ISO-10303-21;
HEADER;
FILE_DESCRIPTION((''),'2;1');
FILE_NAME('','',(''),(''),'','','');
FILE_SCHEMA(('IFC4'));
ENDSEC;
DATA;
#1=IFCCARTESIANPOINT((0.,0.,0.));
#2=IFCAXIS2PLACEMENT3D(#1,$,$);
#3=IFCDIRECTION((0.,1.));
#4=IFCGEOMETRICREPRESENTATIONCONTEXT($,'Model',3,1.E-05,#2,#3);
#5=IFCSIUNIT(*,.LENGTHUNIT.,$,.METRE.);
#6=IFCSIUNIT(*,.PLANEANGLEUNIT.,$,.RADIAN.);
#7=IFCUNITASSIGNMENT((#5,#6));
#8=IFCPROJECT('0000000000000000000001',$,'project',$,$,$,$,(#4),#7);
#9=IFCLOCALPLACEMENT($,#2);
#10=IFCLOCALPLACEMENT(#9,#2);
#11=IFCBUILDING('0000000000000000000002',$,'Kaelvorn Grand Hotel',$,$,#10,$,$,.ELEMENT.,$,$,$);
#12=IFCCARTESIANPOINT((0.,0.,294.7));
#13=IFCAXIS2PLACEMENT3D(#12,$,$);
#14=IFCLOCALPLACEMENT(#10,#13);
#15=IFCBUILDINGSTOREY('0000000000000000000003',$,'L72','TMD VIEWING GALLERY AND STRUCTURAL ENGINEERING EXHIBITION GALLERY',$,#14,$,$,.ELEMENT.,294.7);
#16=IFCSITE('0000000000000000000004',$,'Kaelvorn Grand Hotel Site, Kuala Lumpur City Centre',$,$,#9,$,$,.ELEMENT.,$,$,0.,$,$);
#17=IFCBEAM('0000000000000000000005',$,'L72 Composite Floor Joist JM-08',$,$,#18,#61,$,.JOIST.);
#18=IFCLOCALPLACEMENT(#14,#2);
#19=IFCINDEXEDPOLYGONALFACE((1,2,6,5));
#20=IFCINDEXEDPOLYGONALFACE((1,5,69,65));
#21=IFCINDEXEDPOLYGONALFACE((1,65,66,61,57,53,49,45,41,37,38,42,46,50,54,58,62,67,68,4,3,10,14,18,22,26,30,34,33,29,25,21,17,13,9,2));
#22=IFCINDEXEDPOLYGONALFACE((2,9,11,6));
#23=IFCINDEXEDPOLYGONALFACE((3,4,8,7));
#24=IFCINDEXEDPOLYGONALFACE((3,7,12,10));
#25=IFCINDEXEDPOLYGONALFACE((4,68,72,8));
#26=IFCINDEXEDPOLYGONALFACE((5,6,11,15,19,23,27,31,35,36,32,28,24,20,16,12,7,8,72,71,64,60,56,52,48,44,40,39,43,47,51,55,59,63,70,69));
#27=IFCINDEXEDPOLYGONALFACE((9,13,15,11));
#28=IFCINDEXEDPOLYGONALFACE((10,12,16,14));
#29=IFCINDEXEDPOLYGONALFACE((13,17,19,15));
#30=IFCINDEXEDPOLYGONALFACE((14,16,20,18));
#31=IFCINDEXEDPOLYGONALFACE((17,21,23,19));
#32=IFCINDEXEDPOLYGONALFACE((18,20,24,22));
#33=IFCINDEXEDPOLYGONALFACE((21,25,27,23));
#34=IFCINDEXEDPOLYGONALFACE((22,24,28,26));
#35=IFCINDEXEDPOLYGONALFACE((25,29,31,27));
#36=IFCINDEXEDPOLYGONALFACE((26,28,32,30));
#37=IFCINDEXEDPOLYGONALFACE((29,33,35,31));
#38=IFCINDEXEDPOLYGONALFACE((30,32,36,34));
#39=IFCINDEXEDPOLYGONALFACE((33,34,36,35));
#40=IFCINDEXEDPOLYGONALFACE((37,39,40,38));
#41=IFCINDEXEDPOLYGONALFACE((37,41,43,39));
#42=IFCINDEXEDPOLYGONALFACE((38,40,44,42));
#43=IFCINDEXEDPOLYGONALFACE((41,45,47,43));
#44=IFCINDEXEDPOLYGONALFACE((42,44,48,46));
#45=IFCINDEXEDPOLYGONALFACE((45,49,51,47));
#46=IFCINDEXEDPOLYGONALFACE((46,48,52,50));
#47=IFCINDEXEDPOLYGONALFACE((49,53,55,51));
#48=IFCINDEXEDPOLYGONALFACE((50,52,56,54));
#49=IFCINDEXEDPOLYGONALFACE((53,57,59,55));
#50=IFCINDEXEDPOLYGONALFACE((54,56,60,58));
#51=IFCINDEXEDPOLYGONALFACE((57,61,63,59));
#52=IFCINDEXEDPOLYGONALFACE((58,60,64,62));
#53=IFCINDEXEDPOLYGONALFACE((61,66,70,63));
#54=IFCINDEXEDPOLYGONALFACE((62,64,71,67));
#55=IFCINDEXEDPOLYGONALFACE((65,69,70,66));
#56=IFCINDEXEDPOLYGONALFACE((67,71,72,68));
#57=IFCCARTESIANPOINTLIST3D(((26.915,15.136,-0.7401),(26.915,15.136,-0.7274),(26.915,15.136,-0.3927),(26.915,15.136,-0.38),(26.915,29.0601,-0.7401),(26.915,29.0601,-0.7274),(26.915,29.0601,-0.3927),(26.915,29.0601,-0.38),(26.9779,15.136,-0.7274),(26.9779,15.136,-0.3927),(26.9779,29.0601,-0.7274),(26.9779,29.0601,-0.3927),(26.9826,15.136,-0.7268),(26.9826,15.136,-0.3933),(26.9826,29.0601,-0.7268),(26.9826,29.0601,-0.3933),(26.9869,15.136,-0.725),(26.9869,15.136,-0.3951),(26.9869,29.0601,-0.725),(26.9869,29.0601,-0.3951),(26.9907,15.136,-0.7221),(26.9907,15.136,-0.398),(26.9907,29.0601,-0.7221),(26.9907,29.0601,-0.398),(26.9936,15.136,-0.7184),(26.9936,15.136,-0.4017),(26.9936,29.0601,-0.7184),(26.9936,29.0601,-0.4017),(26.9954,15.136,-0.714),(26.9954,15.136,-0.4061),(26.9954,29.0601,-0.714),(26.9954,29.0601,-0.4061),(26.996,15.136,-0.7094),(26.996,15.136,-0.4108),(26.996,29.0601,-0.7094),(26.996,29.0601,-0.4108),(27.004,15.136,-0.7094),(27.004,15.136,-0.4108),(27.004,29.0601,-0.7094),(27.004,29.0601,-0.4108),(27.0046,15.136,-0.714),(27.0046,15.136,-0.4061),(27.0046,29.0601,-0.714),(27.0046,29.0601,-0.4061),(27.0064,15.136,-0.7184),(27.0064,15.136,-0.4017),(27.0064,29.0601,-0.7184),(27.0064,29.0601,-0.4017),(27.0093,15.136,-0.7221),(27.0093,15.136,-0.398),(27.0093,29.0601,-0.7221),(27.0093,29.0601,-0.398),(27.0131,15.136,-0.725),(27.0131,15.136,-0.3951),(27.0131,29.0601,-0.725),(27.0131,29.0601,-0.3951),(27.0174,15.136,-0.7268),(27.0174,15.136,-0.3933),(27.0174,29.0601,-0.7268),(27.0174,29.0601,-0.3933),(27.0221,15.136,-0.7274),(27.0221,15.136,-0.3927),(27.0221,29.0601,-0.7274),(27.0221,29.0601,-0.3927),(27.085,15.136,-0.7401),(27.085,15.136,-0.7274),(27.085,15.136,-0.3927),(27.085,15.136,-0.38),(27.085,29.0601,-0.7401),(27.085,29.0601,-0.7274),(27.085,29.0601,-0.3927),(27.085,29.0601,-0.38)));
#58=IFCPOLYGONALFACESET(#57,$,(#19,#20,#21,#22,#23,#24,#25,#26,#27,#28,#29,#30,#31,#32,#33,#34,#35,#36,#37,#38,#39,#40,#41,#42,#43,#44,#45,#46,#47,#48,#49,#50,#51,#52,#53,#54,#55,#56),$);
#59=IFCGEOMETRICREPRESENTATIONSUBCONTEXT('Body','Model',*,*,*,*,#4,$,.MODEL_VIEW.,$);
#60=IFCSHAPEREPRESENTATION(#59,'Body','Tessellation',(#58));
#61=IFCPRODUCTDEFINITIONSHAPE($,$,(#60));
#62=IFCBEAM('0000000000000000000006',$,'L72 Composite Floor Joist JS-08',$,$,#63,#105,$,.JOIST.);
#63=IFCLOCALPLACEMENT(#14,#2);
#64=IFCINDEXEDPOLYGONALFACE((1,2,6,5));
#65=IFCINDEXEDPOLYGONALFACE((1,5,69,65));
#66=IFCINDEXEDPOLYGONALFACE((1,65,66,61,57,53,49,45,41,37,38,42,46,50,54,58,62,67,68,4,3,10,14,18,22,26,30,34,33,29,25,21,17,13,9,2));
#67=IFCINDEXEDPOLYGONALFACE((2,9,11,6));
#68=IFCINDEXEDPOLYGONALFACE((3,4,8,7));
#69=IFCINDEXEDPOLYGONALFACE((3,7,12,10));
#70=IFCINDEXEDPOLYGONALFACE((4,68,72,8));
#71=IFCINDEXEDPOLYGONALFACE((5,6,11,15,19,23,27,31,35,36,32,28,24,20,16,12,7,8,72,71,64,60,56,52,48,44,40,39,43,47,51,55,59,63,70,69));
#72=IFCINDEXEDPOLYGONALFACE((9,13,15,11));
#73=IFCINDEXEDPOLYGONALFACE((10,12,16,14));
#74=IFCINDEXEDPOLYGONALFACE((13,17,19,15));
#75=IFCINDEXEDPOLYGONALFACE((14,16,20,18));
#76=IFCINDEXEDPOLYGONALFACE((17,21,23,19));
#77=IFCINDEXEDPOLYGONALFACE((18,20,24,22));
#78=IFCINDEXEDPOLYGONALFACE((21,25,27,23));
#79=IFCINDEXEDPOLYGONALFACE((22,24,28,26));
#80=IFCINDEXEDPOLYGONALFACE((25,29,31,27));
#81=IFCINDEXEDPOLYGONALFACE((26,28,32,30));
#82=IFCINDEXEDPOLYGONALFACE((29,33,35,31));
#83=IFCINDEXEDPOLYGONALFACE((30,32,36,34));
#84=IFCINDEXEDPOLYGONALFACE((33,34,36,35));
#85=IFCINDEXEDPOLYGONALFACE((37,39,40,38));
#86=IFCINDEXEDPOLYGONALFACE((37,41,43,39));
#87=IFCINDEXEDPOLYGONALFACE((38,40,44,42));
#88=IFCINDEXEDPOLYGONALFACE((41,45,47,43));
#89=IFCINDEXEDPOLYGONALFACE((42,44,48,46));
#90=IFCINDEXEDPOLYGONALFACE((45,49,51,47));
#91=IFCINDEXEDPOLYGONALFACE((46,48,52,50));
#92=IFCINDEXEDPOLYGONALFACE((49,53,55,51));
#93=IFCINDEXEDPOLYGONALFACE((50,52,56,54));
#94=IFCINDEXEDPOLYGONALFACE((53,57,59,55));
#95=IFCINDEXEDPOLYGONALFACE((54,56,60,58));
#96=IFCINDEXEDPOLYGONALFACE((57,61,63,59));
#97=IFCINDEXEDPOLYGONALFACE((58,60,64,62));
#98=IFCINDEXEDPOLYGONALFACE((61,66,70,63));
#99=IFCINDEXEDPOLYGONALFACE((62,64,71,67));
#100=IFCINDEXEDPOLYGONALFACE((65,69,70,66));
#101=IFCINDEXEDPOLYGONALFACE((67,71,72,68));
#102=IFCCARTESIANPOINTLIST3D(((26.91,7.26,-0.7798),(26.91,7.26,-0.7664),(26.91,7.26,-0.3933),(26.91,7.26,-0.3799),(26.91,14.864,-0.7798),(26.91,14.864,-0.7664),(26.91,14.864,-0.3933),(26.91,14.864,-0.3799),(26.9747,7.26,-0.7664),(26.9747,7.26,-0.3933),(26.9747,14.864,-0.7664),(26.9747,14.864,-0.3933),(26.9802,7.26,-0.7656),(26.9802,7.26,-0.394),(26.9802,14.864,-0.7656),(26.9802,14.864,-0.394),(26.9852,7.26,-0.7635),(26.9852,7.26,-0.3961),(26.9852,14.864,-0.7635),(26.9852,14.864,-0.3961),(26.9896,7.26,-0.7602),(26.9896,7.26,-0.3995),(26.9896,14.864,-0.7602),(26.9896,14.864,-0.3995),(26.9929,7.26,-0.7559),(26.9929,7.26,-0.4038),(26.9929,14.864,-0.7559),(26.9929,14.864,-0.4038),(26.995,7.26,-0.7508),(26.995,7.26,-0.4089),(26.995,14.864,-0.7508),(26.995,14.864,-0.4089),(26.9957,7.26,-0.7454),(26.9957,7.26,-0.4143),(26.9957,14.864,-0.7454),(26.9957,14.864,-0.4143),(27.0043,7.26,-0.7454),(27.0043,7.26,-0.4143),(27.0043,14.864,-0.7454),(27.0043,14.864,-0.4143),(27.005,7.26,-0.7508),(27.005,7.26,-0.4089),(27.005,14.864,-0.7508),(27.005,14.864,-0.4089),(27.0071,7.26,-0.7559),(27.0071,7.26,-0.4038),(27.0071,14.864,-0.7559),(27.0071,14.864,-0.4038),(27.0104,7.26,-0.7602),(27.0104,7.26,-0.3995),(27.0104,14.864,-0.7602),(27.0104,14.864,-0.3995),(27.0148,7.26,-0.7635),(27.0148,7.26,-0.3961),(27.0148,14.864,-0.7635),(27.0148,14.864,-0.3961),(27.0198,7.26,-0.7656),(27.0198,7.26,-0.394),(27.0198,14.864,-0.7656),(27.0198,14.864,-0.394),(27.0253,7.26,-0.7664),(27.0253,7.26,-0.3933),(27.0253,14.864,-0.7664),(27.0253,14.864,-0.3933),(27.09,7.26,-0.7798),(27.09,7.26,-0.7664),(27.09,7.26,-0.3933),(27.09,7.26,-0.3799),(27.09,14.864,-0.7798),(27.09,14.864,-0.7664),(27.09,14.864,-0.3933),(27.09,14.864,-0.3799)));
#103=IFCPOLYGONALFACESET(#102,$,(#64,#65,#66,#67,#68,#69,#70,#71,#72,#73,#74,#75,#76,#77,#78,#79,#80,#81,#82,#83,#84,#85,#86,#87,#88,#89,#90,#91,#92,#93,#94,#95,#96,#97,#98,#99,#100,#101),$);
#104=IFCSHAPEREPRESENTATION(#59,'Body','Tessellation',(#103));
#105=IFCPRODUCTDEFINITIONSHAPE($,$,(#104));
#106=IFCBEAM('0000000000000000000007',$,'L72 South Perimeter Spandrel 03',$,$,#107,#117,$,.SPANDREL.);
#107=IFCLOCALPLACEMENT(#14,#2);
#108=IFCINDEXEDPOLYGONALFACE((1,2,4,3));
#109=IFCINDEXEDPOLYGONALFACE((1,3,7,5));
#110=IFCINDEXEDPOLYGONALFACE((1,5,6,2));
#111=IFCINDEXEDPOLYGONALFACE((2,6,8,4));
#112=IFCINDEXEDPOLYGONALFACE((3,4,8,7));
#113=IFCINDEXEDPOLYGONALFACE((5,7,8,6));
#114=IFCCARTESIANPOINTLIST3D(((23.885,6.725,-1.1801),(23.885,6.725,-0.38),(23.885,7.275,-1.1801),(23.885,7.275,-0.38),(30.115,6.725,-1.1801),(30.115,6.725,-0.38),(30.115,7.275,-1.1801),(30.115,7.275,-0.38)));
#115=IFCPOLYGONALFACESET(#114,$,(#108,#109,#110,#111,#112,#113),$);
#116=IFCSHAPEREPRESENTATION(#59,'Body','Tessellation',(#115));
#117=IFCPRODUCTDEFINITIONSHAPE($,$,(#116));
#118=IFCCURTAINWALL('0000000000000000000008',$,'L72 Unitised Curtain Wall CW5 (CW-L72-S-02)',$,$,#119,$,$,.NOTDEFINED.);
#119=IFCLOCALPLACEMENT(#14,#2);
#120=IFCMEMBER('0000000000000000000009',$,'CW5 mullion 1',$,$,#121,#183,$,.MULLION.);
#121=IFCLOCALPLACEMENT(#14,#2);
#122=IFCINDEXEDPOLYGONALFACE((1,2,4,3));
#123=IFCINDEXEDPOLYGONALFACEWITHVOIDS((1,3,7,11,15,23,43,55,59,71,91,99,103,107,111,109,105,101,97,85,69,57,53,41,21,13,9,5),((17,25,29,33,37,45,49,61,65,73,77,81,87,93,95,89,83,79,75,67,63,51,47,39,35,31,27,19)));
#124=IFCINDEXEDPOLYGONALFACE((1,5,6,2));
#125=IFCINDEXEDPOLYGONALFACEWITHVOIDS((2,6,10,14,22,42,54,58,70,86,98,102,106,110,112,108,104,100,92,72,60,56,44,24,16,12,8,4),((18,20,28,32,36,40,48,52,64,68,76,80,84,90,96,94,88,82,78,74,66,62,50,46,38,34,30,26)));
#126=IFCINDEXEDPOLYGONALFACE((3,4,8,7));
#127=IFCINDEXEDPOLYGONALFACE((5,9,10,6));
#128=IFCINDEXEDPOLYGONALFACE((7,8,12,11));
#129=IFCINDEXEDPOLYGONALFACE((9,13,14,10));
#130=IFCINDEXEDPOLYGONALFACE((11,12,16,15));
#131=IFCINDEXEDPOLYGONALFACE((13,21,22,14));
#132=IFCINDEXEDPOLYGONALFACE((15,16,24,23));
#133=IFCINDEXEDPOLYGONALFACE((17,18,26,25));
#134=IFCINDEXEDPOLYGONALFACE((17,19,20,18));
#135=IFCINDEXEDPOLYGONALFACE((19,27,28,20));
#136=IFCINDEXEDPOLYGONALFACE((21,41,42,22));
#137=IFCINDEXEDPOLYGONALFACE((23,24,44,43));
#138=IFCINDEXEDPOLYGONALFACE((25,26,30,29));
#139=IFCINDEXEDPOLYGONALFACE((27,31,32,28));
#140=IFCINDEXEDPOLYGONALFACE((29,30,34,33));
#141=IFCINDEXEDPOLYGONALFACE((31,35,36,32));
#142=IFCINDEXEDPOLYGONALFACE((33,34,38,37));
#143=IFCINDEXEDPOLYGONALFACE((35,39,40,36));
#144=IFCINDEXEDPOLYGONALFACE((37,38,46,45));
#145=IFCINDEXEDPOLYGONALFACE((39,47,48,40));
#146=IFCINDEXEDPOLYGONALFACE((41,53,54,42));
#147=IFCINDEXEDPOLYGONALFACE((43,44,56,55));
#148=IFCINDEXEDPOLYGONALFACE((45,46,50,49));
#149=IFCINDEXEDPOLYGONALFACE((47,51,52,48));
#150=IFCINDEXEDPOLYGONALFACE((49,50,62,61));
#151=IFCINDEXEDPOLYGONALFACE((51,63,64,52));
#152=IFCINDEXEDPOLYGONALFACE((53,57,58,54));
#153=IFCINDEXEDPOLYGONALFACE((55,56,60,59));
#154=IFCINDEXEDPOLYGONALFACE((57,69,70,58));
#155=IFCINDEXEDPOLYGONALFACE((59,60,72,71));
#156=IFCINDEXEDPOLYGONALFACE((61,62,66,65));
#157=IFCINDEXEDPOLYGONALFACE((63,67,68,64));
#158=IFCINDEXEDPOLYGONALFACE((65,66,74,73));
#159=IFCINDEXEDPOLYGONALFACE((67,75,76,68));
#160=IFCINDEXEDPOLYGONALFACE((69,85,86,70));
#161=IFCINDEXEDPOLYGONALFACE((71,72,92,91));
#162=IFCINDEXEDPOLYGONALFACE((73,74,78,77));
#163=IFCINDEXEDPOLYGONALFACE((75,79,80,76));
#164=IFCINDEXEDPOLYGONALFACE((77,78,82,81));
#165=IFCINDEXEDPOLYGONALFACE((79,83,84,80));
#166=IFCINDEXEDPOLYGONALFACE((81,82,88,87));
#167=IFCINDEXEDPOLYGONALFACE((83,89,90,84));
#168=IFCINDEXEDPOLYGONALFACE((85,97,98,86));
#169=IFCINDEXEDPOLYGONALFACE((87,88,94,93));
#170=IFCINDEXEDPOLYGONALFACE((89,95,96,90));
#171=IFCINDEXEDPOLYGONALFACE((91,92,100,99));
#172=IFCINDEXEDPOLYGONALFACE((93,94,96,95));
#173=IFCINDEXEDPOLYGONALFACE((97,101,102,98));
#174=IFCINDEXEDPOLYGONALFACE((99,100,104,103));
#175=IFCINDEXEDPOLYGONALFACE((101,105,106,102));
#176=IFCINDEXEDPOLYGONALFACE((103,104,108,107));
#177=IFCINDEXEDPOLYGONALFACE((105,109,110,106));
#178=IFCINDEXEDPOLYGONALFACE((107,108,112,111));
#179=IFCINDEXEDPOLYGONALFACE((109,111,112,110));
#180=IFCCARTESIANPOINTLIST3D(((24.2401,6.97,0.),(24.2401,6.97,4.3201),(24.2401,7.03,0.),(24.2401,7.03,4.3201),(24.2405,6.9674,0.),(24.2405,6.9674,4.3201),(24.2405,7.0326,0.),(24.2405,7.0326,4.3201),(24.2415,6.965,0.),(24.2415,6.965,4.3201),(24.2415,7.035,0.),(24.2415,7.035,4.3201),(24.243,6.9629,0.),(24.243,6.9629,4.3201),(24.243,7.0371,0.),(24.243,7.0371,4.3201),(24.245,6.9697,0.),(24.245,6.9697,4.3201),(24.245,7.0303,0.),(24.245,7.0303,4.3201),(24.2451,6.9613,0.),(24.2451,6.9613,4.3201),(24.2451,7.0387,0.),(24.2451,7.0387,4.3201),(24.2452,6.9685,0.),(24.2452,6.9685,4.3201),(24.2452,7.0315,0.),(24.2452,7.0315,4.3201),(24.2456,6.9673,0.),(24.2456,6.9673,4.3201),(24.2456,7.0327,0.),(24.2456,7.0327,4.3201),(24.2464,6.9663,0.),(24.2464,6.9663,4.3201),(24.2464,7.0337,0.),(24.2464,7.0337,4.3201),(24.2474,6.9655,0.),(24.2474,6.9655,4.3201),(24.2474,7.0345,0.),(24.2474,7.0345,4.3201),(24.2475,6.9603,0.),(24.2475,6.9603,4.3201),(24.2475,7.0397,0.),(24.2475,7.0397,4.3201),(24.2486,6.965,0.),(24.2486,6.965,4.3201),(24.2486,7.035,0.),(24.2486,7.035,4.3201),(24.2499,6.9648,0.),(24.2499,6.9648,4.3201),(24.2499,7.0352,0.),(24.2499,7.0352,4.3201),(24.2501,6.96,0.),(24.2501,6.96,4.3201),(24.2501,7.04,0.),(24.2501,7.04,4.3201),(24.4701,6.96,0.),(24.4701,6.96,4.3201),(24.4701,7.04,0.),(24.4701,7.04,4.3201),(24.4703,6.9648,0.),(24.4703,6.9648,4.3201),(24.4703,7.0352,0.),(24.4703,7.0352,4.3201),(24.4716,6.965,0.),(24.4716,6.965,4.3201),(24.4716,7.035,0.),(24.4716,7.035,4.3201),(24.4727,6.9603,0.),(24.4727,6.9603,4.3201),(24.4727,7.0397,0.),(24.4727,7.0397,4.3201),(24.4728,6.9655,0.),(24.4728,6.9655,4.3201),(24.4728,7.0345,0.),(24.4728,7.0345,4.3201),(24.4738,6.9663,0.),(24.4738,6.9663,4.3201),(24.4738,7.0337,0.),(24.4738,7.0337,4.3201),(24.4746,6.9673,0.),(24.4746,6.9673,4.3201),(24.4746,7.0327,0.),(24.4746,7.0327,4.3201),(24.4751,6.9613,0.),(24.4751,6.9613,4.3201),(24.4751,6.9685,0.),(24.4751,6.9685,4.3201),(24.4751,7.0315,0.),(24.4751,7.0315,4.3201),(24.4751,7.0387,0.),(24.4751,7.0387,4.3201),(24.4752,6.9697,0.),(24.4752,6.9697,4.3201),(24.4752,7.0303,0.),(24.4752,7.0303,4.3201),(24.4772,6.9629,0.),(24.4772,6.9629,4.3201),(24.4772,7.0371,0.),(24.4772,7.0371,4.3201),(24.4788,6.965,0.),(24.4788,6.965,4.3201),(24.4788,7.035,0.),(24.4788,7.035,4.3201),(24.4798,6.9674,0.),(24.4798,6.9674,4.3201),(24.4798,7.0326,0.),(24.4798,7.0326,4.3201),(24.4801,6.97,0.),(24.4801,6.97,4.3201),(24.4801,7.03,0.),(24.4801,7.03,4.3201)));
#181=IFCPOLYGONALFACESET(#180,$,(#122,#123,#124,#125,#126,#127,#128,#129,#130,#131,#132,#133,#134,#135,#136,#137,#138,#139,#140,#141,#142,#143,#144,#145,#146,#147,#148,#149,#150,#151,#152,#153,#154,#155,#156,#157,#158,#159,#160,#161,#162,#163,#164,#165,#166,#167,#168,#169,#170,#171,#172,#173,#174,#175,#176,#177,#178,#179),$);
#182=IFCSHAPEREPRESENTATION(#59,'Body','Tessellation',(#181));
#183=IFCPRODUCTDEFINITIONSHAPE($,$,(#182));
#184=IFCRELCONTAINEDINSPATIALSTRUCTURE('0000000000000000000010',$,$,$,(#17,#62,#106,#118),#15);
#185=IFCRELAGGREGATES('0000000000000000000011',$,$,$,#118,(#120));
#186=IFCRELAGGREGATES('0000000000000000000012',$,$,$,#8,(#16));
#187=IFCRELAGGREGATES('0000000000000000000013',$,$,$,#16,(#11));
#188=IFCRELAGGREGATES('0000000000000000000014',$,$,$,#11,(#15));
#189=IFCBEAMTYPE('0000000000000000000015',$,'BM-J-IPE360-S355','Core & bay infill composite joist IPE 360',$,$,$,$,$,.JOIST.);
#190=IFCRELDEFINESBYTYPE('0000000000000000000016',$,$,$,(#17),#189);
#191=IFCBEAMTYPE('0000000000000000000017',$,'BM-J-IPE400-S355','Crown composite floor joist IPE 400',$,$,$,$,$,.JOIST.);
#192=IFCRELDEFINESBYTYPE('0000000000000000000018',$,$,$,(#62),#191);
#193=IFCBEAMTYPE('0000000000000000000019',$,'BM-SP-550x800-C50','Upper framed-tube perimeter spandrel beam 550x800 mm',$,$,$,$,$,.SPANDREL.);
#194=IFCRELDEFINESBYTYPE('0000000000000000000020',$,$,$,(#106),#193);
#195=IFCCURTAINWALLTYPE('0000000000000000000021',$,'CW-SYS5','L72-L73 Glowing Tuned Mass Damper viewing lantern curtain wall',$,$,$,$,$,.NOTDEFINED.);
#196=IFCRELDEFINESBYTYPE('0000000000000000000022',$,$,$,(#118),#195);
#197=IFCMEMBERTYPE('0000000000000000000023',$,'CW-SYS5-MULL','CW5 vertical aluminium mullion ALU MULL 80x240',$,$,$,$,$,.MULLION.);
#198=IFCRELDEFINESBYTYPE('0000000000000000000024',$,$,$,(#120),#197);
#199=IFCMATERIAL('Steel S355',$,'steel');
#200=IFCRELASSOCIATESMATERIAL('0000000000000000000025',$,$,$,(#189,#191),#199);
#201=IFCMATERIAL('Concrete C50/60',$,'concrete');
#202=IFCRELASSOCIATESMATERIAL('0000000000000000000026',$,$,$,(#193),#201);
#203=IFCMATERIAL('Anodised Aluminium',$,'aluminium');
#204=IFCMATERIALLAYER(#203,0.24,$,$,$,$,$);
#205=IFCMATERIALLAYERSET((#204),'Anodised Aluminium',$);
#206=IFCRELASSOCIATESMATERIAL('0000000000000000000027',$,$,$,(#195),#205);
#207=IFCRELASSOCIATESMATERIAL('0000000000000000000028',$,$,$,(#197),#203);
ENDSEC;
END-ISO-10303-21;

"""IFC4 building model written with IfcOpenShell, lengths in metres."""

from ifc_helpers import new_model, si_unit, direction, frame, origin, origin_2d, place, context, subcontext, project, spatial, rectangle, hollow_rectangle, i_section, extrude, material, layer, layer_set, material_profile, profile_set, type_object, element, aggregate, save


model = new_model("IFC4")

# Units and contexts
model_context = context("Model", 3, precision=1e-05, world=origin(), true_north=direction((0.0, 1.0)))
body_context = subcontext(model_context, "Body", "Model", "MODEL_VIEW")
ifc_project = project(units=[si_unit("LENGTHUNIT", "METRE"), si_unit("PLANEANGLEUNIT", "RADIAN")], contexts=[model_context])

# Site, building, storey
site_placement = place(None, origin())
site = spatial("IfcSite", under=ifc_project, at=site_placement, Name="Kaelvorn Grand Hotel Site, Kuala Lumpur City Centre", CompositionType="ELEMENT", RefElevation=0.0)
building_placement = place(site_placement, origin())
building = spatial("IfcBuilding", under=site, at=building_placement, Name="Kaelvorn Grand Hotel", CompositionType="ELEMENT")
storey_placement = place(building_placement, frame((0.0, 0.0, 294.7)))
storey = spatial("IfcBuildingStorey", under=building, at=storey_placement, Name="L72", Description="TMD VIEWING GALLERY AND STRUCTURAL ENGINEERING EXHIBITION GALLERY", CompositionType="ELEMENT", Elevation=294.7)

# Beams
ifc_material_1 = material(Name="Steel S355", Category="steel")
ifc_material_profile_1 = material_profile(ifc_material_1, i_section(OverallWidth=0.1699, OverallDepth=0.3601, WebThickness=0.0081, FlangeThickness=0.0127, FilletRadius=0.0181, at=origin_2d()), Name="IPE 360")
ifc_profile_set_1 = profile_set([ifc_material_profile_1], Name="Steel S355")
beam_type_1 = type_object("IfcBeamType", Name="BM-J-IPE360-S355", Description="Core & bay infill composite joist IPE 360", PredefinedType="JOIST", material=ifc_profile_set_1)
beam_1_placement = place(storey_placement, frame((27.0, 15.136, -0.5601), z_axis=(0.0, 1.0, 0.0), x_axis=(-1.0, 0.0, 0.0)))
element("IfcBeam", 1, at=beam_1_placement, inside=storey, type_object=beam_type_1, Name="L72 Composite Floor Joist JM-08", PredefinedType="JOIST", context=body_context, shape_type="SweptSolid", body=[
    extrude(i_section(OverallWidth=0.1699, OverallDepth=0.3601, WebThickness=0.0081, FlangeThickness=0.0127, FilletRadius=0.0181, at=origin_2d()), origin(), (0.0, 0.0, 1.0), 13.9241),
])
ifc_material_profile_2 = material_profile(ifc_material_1, i_section(OverallWidth=0.1799, OverallDepth=0.3999, WebThickness=0.0085, FlangeThickness=0.0134, FilletRadius=0.021, at=origin_2d()), Name="IPE 400")
ifc_profile_set_2 = profile_set([ifc_material_profile_2], Name="Steel S355")
beam_type_2 = type_object("IfcBeamType", Name="BM-J-IPE400-S355", Description="Crown composite floor joist IPE 400", PredefinedType="JOIST", material=ifc_profile_set_2)
beam_2_placement = place(storey_placement, frame((27.0, 7.26, -0.5798), z_axis=(0.0, 1.0, 0.0), x_axis=(-1.0, 0.0, 0.0)))
element("IfcBeam", 2, at=beam_2_placement, inside=storey, type_object=beam_type_2, Name="L72 Composite Floor Joist JS-08", PredefinedType="JOIST", context=body_context, shape_type="SweptSolid", body=[
    extrude(i_section(OverallWidth=0.1799, OverallDepth=0.3999, WebThickness=0.0085, FlangeThickness=0.0134, FilletRadius=0.021, at=origin_2d()), origin(), (0.0, 0.0, 1.0), 7.604),
])
ifc_material_2 = material(Name="Concrete C50/60", Category="concrete")
ifc_material_profile_3 = material_profile(ifc_material_2, rectangle(XDim=0.55, YDim=0.8, at=origin_2d()), Name="RC SPANDREL 550x800")
ifc_profile_set_3 = profile_set([ifc_material_profile_3], Name="Concrete C50/60")
beam_type_3 = type_object("IfcBeamType", Name="BM-SP-550x800-C50", Description="Upper framed-tube perimeter spandrel beam 550x800 mm", PredefinedType="SPANDREL", material=ifc_profile_set_3)
beam_3_placement = place(storey_placement, frame((23.885, 7.0, -0.78), z_axis=(1.0, 0.0, 0.0), x_axis=(0.0, 1.0, 0.0)))
element("IfcBeam", 3, at=beam_3_placement, inside=storey, type_object=beam_type_3, Name="L72 South Perimeter Spandrel 03", PredefinedType="SPANDREL", context=body_context, shape_type="SweptSolid", body=[
    extrude(rectangle(XDim=0.55, YDim=0.8, at=origin_2d()), origin(), (0.0, 0.0, 1.0), 6.23),
])

# Curtain wall, member
ifc_material_3 = material(Name="Anodised Aluminium", Category="aluminium")
ifc_layer_1 = layer(ifc_material_3, 0.24)
ifc_layer_set_1 = layer_set([ifc_layer_1], Name="Anodised Aluminium")
curtain_wall_type = type_object("IfcCurtainWallType", Name="CW-SYS5", Description="L72-L73 Glowing Tuned Mass Damper viewing lantern curtain wall", PredefinedType="NOTDEFINED", material=ifc_layer_set_1)
curtain_wall_placement = place(storey_placement, origin())
curtain_wall = element("IfcCurtainWall", 4, at=curtain_wall_placement, inside=storey, type_object=curtain_wall_type, Name="L72 Unitised Curtain Wall CW5 (CW-L72-S-02)", PredefinedType="NOTDEFINED")
ifc_material_profile_4 = material_profile(ifc_material_3, hollow_rectangle(XDim=0.0801, YDim=0.24, WallThickness=0.0049, InnerFilletRadius=0.0049, OuterFilletRadius=0.01, at=origin_2d()), Name="ALU MULL 80x240")
ifc_profile_set_4 = profile_set([ifc_material_profile_4], Name="Anodised Aluminium")
member_type_1 = type_object("IfcMemberType", Name="CW-SYS5-MULL", Description="CW5 vertical aluminium mullion ALU MULL 80x240", PredefinedType="MULLION", material=ifc_profile_set_4)
member_1_placement = place(storey_placement, frame((24.3601, 7.0, 0.0), z_axis=(0.0, 0.0, 1.0), x_axis=(0.0, 1.0, 0.0)))
member_1 = element("IfcMember", 5, at=member_1_placement, type_object=member_type_1, Name="CW5 mullion 1", PredefinedType="MULLION", context=body_context, shape_type="SweptSolid", body=[
    extrude(hollow_rectangle(XDim=0.0801, YDim=0.24, WallThickness=0.0049, InnerFilletRadius=0.0049, OuterFilletRadius=0.01, at=origin_2d()), origin(), (0.0, 0.0, 1.0), 4.3201),
])
aggregate(curtain_wall, [member_1])

save(model, "model.ifc")
